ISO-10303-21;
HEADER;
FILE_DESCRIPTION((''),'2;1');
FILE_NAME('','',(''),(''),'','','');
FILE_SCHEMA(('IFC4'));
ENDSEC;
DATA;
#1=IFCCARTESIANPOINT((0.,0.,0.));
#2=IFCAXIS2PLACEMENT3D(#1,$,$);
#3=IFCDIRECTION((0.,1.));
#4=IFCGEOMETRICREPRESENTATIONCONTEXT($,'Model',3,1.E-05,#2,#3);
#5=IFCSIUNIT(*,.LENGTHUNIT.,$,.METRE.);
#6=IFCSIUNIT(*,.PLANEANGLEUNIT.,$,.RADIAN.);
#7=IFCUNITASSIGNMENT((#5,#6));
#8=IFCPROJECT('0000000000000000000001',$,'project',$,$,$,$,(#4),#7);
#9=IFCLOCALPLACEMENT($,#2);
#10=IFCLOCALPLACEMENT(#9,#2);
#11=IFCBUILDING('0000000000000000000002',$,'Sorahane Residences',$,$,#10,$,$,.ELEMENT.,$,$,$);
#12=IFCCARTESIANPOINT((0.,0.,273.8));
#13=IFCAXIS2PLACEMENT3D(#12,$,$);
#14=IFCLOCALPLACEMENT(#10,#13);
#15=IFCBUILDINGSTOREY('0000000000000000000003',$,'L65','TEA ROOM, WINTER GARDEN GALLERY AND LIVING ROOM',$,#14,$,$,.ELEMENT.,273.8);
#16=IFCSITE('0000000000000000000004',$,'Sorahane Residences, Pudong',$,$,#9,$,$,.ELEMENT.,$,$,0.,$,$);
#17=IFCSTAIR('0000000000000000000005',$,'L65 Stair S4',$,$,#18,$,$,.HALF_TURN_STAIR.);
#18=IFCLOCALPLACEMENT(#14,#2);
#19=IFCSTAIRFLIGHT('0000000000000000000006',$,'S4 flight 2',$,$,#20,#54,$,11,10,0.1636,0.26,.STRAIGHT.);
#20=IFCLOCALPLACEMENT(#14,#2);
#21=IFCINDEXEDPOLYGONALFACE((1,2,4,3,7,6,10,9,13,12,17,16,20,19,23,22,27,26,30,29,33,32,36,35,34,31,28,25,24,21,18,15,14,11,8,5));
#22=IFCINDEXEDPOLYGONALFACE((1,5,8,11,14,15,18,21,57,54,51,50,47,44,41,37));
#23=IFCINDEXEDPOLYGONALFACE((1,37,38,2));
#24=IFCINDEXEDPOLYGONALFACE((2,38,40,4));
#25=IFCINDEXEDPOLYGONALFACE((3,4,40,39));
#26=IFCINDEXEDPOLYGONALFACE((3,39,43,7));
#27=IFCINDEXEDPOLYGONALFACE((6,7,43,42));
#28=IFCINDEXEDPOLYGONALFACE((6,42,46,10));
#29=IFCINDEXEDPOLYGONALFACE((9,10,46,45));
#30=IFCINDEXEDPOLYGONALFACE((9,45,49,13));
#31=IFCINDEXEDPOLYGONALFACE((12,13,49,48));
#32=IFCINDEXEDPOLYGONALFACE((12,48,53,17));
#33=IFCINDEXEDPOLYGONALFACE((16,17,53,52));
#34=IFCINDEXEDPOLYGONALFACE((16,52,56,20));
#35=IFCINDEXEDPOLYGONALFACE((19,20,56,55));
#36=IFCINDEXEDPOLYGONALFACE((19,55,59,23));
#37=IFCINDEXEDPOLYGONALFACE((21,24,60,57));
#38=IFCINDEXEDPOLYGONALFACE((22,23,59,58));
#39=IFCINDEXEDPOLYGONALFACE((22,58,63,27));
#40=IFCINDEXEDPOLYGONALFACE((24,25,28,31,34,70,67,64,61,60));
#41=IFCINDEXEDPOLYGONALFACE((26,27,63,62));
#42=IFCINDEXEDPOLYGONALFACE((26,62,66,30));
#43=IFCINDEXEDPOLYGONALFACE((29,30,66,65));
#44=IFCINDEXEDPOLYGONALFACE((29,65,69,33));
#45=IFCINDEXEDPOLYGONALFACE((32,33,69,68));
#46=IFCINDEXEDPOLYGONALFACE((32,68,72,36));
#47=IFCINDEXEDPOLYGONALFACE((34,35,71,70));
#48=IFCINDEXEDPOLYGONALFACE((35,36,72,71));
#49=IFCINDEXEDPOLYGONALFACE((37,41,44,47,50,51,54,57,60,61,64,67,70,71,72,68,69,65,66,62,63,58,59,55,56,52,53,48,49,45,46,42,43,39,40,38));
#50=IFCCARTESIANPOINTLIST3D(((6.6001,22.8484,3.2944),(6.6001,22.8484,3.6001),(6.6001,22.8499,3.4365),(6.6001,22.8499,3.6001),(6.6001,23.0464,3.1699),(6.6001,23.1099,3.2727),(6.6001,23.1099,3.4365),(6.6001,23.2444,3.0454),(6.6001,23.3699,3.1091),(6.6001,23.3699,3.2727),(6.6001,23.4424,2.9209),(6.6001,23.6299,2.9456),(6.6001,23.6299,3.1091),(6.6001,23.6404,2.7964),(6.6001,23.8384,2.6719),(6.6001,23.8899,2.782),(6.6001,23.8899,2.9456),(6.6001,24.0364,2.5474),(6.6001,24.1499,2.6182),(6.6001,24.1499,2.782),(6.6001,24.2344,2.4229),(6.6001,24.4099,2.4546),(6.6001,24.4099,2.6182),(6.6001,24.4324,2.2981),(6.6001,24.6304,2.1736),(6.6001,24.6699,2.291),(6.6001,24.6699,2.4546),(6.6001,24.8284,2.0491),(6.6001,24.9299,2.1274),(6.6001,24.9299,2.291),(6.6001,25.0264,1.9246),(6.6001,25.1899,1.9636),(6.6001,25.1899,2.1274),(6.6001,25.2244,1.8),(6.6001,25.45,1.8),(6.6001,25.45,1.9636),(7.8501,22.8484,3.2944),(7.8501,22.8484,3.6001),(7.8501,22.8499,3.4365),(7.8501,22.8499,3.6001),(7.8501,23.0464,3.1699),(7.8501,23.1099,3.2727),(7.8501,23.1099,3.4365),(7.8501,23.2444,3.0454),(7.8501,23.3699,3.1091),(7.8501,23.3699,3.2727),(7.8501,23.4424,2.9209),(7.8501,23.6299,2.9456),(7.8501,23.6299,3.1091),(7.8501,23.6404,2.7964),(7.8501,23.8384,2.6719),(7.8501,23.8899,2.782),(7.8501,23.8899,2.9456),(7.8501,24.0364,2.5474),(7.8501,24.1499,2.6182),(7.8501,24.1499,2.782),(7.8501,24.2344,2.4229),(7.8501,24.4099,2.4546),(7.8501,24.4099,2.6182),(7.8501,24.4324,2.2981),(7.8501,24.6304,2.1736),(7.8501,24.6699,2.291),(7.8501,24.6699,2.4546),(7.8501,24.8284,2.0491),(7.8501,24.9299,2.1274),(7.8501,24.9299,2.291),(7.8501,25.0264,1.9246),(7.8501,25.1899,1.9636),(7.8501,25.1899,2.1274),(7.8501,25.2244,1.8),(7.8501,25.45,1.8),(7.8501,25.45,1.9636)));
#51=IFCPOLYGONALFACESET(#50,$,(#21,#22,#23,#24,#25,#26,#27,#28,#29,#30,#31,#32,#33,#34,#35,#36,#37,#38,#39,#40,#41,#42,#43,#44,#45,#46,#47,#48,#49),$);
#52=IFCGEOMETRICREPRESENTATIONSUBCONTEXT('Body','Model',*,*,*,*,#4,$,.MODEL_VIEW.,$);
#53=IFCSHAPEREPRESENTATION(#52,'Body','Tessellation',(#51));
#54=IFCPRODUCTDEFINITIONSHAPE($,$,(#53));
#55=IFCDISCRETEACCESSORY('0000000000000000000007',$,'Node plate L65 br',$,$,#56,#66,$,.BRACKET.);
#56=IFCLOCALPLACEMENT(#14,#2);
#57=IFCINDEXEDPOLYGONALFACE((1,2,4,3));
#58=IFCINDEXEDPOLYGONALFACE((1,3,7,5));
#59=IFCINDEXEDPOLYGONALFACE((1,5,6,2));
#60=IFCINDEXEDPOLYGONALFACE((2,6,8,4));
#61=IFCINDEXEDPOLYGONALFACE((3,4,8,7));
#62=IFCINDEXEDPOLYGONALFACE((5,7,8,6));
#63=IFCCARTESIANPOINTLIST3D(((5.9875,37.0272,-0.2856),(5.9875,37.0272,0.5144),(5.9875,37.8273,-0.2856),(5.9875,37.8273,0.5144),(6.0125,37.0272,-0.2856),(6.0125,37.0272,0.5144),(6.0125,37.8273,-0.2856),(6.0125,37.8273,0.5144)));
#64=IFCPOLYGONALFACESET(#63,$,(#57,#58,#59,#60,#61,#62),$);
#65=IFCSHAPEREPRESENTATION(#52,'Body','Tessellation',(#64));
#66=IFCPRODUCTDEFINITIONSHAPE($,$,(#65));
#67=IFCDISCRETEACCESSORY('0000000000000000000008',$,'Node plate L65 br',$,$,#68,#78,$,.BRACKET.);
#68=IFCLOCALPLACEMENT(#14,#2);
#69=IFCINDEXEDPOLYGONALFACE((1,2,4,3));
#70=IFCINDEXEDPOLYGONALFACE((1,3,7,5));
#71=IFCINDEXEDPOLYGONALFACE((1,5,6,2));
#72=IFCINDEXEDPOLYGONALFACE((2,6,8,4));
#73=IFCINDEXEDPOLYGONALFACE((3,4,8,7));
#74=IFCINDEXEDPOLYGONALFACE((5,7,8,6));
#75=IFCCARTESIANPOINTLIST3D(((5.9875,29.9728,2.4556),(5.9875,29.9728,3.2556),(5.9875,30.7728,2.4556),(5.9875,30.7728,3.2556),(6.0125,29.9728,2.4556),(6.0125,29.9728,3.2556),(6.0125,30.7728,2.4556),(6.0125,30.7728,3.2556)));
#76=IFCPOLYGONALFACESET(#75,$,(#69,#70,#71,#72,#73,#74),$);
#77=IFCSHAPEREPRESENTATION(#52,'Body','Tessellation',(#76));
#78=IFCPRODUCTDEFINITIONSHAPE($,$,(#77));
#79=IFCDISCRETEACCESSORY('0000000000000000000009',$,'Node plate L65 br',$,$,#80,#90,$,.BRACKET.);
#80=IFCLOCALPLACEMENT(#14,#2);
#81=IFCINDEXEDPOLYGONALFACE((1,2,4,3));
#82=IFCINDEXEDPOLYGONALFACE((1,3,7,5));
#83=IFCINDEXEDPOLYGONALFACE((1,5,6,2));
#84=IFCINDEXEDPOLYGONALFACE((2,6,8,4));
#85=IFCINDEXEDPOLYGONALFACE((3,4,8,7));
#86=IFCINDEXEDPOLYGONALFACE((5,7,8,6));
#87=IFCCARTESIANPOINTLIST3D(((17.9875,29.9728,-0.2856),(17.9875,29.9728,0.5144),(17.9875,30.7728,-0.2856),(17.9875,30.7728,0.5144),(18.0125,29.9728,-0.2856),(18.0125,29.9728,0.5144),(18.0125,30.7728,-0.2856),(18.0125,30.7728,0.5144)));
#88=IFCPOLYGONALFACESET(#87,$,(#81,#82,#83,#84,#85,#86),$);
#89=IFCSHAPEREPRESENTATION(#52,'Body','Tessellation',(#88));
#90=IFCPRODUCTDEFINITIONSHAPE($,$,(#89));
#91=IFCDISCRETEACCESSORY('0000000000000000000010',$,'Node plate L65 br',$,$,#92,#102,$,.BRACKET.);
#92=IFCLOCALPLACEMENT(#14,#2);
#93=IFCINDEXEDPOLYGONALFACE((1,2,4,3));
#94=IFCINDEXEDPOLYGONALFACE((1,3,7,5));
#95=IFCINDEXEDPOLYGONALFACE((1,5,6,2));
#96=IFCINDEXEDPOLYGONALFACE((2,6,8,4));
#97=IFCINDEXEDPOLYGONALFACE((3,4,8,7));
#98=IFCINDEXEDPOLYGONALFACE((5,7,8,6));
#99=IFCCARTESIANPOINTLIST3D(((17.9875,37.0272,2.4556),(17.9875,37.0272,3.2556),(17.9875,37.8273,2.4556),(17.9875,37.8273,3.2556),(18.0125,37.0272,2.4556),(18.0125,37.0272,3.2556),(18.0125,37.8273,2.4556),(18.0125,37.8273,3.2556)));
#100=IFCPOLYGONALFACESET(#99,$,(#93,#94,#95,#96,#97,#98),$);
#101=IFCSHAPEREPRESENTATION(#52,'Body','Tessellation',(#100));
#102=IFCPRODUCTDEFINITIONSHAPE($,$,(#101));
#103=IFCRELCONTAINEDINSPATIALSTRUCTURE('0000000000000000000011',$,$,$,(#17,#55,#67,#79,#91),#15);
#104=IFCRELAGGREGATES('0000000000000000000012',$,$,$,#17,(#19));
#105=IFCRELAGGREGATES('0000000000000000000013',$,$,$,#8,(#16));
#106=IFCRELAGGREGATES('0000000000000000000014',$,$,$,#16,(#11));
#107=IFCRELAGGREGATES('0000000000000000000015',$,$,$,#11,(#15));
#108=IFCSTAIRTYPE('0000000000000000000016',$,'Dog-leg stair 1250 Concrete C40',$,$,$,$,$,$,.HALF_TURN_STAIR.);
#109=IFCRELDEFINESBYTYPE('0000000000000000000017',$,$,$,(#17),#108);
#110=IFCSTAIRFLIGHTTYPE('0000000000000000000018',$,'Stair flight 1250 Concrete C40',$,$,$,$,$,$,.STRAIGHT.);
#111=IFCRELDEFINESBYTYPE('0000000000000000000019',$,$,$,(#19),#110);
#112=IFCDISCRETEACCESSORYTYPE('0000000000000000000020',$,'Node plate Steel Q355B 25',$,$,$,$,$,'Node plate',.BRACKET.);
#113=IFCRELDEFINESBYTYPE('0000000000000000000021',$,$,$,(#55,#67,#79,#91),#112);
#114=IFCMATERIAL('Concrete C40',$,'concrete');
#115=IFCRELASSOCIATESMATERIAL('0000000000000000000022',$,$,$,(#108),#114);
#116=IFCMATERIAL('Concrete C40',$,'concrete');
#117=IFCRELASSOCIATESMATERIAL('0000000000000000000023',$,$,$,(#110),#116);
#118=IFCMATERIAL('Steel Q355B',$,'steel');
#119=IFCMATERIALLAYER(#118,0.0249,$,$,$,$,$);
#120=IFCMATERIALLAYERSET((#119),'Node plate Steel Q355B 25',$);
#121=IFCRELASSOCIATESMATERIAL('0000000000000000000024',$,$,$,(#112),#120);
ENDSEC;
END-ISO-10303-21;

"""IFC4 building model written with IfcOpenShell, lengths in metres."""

from ifc_helpers import new_model, si_unit, direction, frame, origin, origin_2d, place, context, subcontext, project, spatial, polyline, rectangle, outline, extrude, material, layer, layer_set, type_object, element, aggregate, save


model = new_model("IFC4")

# Units and contexts
model_context = context("Model", 3, precision=1e-05, world=origin(), true_north=direction((0.0, 1.0)))
body_context = subcontext(model_context, "Body", "Model", "MODEL_VIEW")
ifc_project = project(units=[si_unit("LENGTHUNIT", "METRE"), si_unit("PLANEANGLEUNIT", "RADIAN")], contexts=[model_context])

# Site, building, storey
site_placement = place(None, origin())
site = spatial("IfcSite", under=ifc_project, at=site_placement, Name="Sorahane Residences, Pudong", CompositionType="ELEMENT", RefElevation=0.0)
building_placement = place(site_placement, origin())
building = spatial("IfcBuilding", under=site, at=building_placement, Name="Sorahane Residences", CompositionType="ELEMENT")
storey_placement = place(building_placement, frame((0.0, 0.0, 273.8)))
storey = spatial("IfcBuildingStorey", under=building, at=storey_placement, Name="L65", Description="TEA ROOM, WINTER GARDEN GALLERY AND LIVING ROOM", CompositionType="ELEMENT", Elevation=273.8)

# Stair, stair flight
ifc_material_1 = material(Name="Concrete C40", Category="concrete")
stair_type = type_object("IfcStairType", Name="Dog-leg stair 1250 Concrete C40", PredefinedType="HALF_TURN_STAIR", material=ifc_material_1)
stair_placement = place(storey_placement, origin())
stair = element("IfcStair", 1, at=stair_placement, inside=storey, type_object=stair_type, Name="L65 Stair S4", PredefinedType="HALF_TURN_STAIR")
ifc_material_2 = material(Name="Concrete C40", Category="concrete")
stair_flight_type = type_object("IfcStairFlightType", Name="Stair flight 1250 Concrete C40", PredefinedType="STRAIGHT", material=ifc_material_2)
stair_flight_placement = place(storey_placement, frame((7.2251, 25.45, 1.8), z_axis=(0.0, 0.0, 1.0), x_axis=(0.0, -1.0, 0.0)))
stair_flight = element("IfcStairFlight", 2, at=stair_flight_placement, type_object=stair_flight_type, Name="S4 flight 2", NumberOfRisers=11, NumberOfTreads=10, PredefinedType="STRAIGHT", RiserHeight=0.1636, TreadLength=0.26, context=body_context, shape_type="SweptSolid", body=[
    extrude(outline(polyline([(0.0, 0.0), (0.0, 0.1636), (0.26, 0.1636), (0.26, 0.3274), (0.52, 0.3274), (0.52, 0.491), (0.78, 0.491), (0.78, 0.6545), (1.04, 0.6545), (1.04, 0.8181), (1.3, 0.8181), (1.3, 0.9819), (1.5601, 0.9819), (1.5601, 1.1455), (1.8201, 1.1455), (1.8201, 1.3091), (2.0801, 1.3091), (2.0801, 1.4727), (2.3401, 1.4727), (2.3401, 1.6365), (2.6001, 1.6365), (2.6001, 1.8), (2.6016, 1.8), (2.6016, 1.4944), (2.4036, 1.3699), (2.2056, 1.2454), (2.0076, 1.1208), (1.8096, 0.9963), (1.6116, 0.8718), (1.4136, 0.7473), (1.2156, 0.6228), (1.0176, 0.498), (0.8196, 0.3735), (0.6216, 0.249), (0.4236, 0.1245), (0.2256, 0.0), (0.0, 0.0)])), frame((0.0, 0.625, 0.0), z_axis=(0.0, -1.0, 0.0), x_axis=(1.0, 0.0, 0.0)), (0.0, 0.0, 1.0), 1.25),
])
aggregate(stair, [stair_flight])

# Discrete accessories
ifc_material_3 = material(Name="Steel Q355B", Category="steel")
ifc_layer_1 = layer(ifc_material_3, 0.0249)
ifc_layer_set_1 = layer_set([ifc_layer_1], Name="Node plate Steel Q355B 25")
discrete_accessory_type = type_object("IfcDiscreteAccessoryType", Name="Node plate Steel Q355B 25", ElementType="Node plate", PredefinedType="BRACKET", material=ifc_layer_set_1)
for number, where, z_axis, x_axis, name in (
    (3, (6.0, 37.4272, -0.2856), (0.0, 0.0, 1.0), (0.0, 1.0, 0.0), "Node plate L65 br"),
    (4, (6.0, 30.3728, 2.4556), (0.0, 0.0, 1.0), (0.0, 1.0, 0.0), "Node plate L65 br"),
    (5, (18.0, 30.3728, -0.2856), (0.0, 0.0, 1.0), (0.0, 1.0, 0.0), "Node plate L65 br"),
    (6, (18.0, 37.4272, 2.4556), (0.0, 0.0, 1.0), (0.0, 1.0, 0.0), "Node plate L65 br"),
):
    element("IfcDiscreteAccessory", number, at=place(storey_placement, frame(where, z_axis=z_axis, x_axis=x_axis)), inside=storey, type_object=discrete_accessory_type, Name=name, PredefinedType="BRACKET", context=body_context, shape_type="SweptSolid", body=[
        extrude(rectangle(XDim=0.8, YDim=0.0249, at=origin_2d()), origin(), (0.0, 0.0, 1.0), 0.8),
    ])

save(model, "model.ifc")
